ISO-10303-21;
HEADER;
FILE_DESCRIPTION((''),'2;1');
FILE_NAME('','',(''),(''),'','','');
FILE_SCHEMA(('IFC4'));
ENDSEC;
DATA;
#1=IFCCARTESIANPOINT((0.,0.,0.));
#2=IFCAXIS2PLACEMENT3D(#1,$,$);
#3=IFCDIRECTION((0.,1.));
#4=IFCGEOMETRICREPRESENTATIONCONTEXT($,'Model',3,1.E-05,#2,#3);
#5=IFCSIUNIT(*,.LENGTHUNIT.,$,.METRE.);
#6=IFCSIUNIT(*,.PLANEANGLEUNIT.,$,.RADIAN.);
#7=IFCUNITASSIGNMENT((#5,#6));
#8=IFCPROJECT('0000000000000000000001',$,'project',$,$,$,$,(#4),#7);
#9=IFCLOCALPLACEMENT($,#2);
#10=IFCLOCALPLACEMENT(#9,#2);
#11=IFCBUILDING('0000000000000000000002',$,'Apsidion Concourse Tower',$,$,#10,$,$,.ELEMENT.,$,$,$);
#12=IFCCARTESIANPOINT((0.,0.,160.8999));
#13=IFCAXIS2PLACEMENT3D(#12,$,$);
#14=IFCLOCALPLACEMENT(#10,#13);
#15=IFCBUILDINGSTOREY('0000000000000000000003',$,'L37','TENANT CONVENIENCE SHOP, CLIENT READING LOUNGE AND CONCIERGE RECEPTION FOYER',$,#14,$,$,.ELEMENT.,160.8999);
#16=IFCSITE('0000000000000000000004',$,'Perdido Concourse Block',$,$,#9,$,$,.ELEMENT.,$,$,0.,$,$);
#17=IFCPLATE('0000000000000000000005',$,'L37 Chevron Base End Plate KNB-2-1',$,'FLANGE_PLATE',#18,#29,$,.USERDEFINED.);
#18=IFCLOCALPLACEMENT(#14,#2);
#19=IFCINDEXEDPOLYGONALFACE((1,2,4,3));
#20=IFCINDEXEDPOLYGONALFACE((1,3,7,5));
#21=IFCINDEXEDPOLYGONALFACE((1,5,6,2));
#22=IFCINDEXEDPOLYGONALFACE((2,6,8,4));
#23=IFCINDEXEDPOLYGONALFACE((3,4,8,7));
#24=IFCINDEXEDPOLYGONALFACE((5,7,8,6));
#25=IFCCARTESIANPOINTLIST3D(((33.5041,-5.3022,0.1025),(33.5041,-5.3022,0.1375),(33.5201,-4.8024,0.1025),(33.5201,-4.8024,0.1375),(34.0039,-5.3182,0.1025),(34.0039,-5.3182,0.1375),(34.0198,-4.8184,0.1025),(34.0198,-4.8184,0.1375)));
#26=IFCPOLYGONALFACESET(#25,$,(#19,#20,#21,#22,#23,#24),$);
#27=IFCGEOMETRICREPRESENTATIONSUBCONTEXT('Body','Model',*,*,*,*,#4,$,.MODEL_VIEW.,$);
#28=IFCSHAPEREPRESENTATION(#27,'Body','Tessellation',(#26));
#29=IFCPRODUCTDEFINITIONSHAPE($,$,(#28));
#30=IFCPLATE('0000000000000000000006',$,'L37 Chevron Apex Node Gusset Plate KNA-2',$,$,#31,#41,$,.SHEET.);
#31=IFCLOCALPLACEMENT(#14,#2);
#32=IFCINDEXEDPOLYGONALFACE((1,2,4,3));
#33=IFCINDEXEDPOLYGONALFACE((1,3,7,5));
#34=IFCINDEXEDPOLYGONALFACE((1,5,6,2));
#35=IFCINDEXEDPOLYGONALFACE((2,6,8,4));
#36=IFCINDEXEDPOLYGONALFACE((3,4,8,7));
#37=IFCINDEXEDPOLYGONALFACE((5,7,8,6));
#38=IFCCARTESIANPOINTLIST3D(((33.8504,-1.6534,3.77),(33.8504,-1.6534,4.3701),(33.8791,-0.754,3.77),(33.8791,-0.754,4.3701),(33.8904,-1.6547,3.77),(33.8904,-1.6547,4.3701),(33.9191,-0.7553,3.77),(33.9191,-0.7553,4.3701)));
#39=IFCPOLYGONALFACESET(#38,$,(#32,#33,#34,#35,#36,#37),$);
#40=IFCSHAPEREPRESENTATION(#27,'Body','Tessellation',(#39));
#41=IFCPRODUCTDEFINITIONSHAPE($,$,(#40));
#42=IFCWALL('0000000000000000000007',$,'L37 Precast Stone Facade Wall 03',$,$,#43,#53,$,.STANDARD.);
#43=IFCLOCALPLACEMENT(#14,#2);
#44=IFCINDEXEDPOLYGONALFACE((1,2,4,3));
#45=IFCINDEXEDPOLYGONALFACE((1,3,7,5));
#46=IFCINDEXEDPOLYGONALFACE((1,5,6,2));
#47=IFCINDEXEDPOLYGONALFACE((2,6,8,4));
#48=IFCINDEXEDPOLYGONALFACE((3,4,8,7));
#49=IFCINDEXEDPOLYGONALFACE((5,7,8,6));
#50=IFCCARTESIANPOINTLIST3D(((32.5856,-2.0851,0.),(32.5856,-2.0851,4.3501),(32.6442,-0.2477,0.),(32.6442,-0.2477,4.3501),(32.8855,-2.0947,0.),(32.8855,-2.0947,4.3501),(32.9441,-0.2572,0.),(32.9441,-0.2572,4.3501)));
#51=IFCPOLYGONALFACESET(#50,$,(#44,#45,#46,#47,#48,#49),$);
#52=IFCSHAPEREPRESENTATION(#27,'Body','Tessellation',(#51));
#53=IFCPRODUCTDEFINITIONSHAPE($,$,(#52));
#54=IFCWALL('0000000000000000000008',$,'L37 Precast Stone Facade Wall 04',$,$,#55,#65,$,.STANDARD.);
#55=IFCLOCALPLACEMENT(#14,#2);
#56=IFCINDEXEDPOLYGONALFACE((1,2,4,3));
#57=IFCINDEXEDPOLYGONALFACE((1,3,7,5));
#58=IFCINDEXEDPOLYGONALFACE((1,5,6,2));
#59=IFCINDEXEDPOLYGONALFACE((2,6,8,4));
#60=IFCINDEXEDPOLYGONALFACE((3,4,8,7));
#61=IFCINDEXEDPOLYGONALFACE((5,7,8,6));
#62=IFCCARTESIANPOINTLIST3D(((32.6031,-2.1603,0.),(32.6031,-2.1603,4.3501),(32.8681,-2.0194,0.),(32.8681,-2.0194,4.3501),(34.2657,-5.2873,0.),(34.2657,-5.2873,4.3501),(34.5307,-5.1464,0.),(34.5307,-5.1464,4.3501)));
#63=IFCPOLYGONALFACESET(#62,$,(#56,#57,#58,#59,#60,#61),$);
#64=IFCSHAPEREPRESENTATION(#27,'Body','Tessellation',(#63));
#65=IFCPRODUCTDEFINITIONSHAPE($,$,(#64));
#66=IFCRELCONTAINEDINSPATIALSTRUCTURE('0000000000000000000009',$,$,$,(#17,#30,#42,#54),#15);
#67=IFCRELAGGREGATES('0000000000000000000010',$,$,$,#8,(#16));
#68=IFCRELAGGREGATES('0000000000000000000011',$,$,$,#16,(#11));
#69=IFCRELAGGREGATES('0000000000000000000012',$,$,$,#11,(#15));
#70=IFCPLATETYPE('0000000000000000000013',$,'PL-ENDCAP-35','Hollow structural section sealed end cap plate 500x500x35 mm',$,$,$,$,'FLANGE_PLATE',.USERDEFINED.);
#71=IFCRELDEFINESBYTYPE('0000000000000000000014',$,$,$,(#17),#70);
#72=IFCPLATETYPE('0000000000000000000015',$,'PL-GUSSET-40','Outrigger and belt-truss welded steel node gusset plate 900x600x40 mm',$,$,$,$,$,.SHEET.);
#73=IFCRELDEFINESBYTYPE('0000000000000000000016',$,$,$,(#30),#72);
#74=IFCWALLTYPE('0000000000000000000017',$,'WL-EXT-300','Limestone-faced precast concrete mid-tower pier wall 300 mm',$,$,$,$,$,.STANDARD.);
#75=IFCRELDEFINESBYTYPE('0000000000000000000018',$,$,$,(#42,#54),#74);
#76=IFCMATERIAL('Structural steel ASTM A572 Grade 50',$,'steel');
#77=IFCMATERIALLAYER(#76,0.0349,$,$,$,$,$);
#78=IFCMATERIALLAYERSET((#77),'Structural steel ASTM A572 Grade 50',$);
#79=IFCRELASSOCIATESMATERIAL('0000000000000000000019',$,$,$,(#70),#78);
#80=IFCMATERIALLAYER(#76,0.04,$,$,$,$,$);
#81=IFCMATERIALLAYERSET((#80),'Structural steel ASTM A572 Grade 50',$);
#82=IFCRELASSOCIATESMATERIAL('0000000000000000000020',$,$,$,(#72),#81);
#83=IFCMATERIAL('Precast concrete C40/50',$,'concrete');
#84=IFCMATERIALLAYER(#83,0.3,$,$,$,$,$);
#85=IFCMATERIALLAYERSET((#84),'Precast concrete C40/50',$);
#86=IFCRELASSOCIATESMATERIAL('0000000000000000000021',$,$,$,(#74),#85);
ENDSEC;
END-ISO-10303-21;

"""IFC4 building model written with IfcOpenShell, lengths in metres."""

from ifc_helpers import new_model, si_unit, direction, frame, frame_2d, origin, origin_2d, place, context, subcontext, project, spatial, rectangle, extrude, material, layer, layer_set, type_object, element, save


model = new_model("IFC4")

# Units and contexts
model_context = context("Model", 3, precision=1e-05, world=origin(), true_north=direction((0.0, 1.0)))
body_context = subcontext(model_context, "Body", "Model", "MODEL_VIEW")
ifc_project = project(units=[si_unit("LENGTHUNIT", "METRE"), si_unit("PLANEANGLEUNIT", "RADIAN")], contexts=[model_context])

# Site, building, storey
site_placement = place(None, origin())
site = spatial("IfcSite", under=ifc_project, at=site_placement, Name="Perdido Concourse Block", CompositionType="ELEMENT", RefElevation=0.0)
building_placement = place(site_placement, origin())
building = spatial("IfcBuilding", under=site, at=building_placement, Name="Apsidion Concourse Tower", CompositionType="ELEMENT")
storey_placement = place(building_placement, frame((0.0, 0.0, 160.8999)))
storey = spatial("IfcBuildingStorey", under=building, at=storey_placement, Name="L37", Description="TENANT CONVENIENCE SHOP, CLIENT READING LOUNGE AND CONCIERGE RECEPTION FOYER", CompositionType="ELEMENT", Elevation=160.8999)

# Plates
ifc_material_1 = material(Name="Structural steel ASTM A572 Grade 50", Category="steel")
ifc_layer_1 = layer(ifc_material_1, 0.0349)
ifc_layer_set_1 = layer_set([ifc_layer_1], Name="Structural steel ASTM A572 Grade 50")
plate_type_1 = type_object("IfcPlateType", Name="PL-ENDCAP-35", Description="Hollow structural section sealed end cap plate 500x500x35 mm", ElementType="FLANGE_PLATE", PredefinedType="USERDEFINED", material=ifc_layer_set_1)
plate_1_placement = place(storey_placement, frame((33.762, -5.0603, 0.1025), z_axis=(0.0, 0.0, 1.0), x_axis=(0.031934, 0.99949, 0.0)))
element("IfcPlate", 1, at=plate_1_placement, inside=storey, type_object=plate_type_1, Name="L37 Chevron Base End Plate KNB-2-1", ObjectType="FLANGE_PLATE", PredefinedType="USERDEFINED", context=body_context, shape_type="SweptSolid", body=[
    extrude(rectangle(XDim=0.5, YDim=0.5, at=origin_2d()), origin(), (0.0, 0.0, 1.0), 0.0349),
])
ifc_layer_2 = layer(ifc_material_1, 0.04)
ifc_layer_set_2 = layer_set([ifc_layer_2], Name="Structural steel ASTM A572 Grade 50")
plate_type_2 = type_object("IfcPlateType", Name="PL-GUSSET-40", Description="Outrigger and belt-truss welded steel node gusset plate 900x600x40 mm", PredefinedType="SHEET", material=ifc_layer_set_2)
plate_2_placement = place(storey_placement, frame((33.8848, -1.2043, 3.77), z_axis=(0.0, 0.0, 1.0), x_axis=(0.031934, 0.99949, 0.0)))
element("IfcPlate", 2, at=plate_2_placement, inside=storey, type_object=plate_type_2, Name="L37 Chevron Apex Node Gusset Plate KNA-2", PredefinedType="SHEET", context=body_context, shape_type="SweptSolid", body=[
    extrude(rectangle(XDim=0.8999, YDim=0.04, at=origin_2d()), origin(), (0.0, 0.0, 1.0), 0.6001),
])

# Walls
ifc_material_2 = material(Name="Precast concrete C40/50", Category="concrete")
ifc_layer_3 = layer(ifc_material_2, 0.3)
ifc_layer_set_3 = layer_set([ifc_layer_3], Name="Precast concrete C40/50")
wall_type_1 = type_object("IfcWallType", Name="WL-EXT-300", Description="Limestone-faced precast concrete mid-tower pier wall 300 mm", PredefinedType="STANDARD", material=ifc_layer_set_3)
wall_1_placement = place(storey_placement, frame((32.7942, -0.2524, 0.0), z_axis=(0.0, 0.0, 1.0), x_axis=(-0.031873, -0.999492, 0.0)))
element("IfcWall", 3, at=wall_1_placement, inside=storey, type_object=wall_type_1, Name="L37 Precast Stone Facade Wall 03", PredefinedType="STANDARD", context=body_context, shape_type="SweptSolid", body=[
    extrude(rectangle(XDim=1.8384, YDim=0.3, at=frame_2d((0.9192, 0.0))), origin(), (0.0, 0.0, 1.0), 4.3501),
])
wall_2_placement = place(storey_placement, frame((32.7356, -2.0898, 0.0), z_axis=(0.0, 0.0, 1.0), x_axis=(0.469464, -0.882951, 0.0)))
element("IfcWall", 4, at=wall_2_placement, inside=storey, type_object=wall_type_1, Name="L37 Precast Stone Facade Wall 04", PredefinedType="STANDARD", context=body_context, shape_type="SweptSolid", body=[
    extrude(rectangle(XDim=3.5415, YDim=0.3, at=frame_2d((1.7708, 0.0))), origin(), (0.0, 0.0, 1.0), 4.3501),
])

save(model, "model.ifc")
